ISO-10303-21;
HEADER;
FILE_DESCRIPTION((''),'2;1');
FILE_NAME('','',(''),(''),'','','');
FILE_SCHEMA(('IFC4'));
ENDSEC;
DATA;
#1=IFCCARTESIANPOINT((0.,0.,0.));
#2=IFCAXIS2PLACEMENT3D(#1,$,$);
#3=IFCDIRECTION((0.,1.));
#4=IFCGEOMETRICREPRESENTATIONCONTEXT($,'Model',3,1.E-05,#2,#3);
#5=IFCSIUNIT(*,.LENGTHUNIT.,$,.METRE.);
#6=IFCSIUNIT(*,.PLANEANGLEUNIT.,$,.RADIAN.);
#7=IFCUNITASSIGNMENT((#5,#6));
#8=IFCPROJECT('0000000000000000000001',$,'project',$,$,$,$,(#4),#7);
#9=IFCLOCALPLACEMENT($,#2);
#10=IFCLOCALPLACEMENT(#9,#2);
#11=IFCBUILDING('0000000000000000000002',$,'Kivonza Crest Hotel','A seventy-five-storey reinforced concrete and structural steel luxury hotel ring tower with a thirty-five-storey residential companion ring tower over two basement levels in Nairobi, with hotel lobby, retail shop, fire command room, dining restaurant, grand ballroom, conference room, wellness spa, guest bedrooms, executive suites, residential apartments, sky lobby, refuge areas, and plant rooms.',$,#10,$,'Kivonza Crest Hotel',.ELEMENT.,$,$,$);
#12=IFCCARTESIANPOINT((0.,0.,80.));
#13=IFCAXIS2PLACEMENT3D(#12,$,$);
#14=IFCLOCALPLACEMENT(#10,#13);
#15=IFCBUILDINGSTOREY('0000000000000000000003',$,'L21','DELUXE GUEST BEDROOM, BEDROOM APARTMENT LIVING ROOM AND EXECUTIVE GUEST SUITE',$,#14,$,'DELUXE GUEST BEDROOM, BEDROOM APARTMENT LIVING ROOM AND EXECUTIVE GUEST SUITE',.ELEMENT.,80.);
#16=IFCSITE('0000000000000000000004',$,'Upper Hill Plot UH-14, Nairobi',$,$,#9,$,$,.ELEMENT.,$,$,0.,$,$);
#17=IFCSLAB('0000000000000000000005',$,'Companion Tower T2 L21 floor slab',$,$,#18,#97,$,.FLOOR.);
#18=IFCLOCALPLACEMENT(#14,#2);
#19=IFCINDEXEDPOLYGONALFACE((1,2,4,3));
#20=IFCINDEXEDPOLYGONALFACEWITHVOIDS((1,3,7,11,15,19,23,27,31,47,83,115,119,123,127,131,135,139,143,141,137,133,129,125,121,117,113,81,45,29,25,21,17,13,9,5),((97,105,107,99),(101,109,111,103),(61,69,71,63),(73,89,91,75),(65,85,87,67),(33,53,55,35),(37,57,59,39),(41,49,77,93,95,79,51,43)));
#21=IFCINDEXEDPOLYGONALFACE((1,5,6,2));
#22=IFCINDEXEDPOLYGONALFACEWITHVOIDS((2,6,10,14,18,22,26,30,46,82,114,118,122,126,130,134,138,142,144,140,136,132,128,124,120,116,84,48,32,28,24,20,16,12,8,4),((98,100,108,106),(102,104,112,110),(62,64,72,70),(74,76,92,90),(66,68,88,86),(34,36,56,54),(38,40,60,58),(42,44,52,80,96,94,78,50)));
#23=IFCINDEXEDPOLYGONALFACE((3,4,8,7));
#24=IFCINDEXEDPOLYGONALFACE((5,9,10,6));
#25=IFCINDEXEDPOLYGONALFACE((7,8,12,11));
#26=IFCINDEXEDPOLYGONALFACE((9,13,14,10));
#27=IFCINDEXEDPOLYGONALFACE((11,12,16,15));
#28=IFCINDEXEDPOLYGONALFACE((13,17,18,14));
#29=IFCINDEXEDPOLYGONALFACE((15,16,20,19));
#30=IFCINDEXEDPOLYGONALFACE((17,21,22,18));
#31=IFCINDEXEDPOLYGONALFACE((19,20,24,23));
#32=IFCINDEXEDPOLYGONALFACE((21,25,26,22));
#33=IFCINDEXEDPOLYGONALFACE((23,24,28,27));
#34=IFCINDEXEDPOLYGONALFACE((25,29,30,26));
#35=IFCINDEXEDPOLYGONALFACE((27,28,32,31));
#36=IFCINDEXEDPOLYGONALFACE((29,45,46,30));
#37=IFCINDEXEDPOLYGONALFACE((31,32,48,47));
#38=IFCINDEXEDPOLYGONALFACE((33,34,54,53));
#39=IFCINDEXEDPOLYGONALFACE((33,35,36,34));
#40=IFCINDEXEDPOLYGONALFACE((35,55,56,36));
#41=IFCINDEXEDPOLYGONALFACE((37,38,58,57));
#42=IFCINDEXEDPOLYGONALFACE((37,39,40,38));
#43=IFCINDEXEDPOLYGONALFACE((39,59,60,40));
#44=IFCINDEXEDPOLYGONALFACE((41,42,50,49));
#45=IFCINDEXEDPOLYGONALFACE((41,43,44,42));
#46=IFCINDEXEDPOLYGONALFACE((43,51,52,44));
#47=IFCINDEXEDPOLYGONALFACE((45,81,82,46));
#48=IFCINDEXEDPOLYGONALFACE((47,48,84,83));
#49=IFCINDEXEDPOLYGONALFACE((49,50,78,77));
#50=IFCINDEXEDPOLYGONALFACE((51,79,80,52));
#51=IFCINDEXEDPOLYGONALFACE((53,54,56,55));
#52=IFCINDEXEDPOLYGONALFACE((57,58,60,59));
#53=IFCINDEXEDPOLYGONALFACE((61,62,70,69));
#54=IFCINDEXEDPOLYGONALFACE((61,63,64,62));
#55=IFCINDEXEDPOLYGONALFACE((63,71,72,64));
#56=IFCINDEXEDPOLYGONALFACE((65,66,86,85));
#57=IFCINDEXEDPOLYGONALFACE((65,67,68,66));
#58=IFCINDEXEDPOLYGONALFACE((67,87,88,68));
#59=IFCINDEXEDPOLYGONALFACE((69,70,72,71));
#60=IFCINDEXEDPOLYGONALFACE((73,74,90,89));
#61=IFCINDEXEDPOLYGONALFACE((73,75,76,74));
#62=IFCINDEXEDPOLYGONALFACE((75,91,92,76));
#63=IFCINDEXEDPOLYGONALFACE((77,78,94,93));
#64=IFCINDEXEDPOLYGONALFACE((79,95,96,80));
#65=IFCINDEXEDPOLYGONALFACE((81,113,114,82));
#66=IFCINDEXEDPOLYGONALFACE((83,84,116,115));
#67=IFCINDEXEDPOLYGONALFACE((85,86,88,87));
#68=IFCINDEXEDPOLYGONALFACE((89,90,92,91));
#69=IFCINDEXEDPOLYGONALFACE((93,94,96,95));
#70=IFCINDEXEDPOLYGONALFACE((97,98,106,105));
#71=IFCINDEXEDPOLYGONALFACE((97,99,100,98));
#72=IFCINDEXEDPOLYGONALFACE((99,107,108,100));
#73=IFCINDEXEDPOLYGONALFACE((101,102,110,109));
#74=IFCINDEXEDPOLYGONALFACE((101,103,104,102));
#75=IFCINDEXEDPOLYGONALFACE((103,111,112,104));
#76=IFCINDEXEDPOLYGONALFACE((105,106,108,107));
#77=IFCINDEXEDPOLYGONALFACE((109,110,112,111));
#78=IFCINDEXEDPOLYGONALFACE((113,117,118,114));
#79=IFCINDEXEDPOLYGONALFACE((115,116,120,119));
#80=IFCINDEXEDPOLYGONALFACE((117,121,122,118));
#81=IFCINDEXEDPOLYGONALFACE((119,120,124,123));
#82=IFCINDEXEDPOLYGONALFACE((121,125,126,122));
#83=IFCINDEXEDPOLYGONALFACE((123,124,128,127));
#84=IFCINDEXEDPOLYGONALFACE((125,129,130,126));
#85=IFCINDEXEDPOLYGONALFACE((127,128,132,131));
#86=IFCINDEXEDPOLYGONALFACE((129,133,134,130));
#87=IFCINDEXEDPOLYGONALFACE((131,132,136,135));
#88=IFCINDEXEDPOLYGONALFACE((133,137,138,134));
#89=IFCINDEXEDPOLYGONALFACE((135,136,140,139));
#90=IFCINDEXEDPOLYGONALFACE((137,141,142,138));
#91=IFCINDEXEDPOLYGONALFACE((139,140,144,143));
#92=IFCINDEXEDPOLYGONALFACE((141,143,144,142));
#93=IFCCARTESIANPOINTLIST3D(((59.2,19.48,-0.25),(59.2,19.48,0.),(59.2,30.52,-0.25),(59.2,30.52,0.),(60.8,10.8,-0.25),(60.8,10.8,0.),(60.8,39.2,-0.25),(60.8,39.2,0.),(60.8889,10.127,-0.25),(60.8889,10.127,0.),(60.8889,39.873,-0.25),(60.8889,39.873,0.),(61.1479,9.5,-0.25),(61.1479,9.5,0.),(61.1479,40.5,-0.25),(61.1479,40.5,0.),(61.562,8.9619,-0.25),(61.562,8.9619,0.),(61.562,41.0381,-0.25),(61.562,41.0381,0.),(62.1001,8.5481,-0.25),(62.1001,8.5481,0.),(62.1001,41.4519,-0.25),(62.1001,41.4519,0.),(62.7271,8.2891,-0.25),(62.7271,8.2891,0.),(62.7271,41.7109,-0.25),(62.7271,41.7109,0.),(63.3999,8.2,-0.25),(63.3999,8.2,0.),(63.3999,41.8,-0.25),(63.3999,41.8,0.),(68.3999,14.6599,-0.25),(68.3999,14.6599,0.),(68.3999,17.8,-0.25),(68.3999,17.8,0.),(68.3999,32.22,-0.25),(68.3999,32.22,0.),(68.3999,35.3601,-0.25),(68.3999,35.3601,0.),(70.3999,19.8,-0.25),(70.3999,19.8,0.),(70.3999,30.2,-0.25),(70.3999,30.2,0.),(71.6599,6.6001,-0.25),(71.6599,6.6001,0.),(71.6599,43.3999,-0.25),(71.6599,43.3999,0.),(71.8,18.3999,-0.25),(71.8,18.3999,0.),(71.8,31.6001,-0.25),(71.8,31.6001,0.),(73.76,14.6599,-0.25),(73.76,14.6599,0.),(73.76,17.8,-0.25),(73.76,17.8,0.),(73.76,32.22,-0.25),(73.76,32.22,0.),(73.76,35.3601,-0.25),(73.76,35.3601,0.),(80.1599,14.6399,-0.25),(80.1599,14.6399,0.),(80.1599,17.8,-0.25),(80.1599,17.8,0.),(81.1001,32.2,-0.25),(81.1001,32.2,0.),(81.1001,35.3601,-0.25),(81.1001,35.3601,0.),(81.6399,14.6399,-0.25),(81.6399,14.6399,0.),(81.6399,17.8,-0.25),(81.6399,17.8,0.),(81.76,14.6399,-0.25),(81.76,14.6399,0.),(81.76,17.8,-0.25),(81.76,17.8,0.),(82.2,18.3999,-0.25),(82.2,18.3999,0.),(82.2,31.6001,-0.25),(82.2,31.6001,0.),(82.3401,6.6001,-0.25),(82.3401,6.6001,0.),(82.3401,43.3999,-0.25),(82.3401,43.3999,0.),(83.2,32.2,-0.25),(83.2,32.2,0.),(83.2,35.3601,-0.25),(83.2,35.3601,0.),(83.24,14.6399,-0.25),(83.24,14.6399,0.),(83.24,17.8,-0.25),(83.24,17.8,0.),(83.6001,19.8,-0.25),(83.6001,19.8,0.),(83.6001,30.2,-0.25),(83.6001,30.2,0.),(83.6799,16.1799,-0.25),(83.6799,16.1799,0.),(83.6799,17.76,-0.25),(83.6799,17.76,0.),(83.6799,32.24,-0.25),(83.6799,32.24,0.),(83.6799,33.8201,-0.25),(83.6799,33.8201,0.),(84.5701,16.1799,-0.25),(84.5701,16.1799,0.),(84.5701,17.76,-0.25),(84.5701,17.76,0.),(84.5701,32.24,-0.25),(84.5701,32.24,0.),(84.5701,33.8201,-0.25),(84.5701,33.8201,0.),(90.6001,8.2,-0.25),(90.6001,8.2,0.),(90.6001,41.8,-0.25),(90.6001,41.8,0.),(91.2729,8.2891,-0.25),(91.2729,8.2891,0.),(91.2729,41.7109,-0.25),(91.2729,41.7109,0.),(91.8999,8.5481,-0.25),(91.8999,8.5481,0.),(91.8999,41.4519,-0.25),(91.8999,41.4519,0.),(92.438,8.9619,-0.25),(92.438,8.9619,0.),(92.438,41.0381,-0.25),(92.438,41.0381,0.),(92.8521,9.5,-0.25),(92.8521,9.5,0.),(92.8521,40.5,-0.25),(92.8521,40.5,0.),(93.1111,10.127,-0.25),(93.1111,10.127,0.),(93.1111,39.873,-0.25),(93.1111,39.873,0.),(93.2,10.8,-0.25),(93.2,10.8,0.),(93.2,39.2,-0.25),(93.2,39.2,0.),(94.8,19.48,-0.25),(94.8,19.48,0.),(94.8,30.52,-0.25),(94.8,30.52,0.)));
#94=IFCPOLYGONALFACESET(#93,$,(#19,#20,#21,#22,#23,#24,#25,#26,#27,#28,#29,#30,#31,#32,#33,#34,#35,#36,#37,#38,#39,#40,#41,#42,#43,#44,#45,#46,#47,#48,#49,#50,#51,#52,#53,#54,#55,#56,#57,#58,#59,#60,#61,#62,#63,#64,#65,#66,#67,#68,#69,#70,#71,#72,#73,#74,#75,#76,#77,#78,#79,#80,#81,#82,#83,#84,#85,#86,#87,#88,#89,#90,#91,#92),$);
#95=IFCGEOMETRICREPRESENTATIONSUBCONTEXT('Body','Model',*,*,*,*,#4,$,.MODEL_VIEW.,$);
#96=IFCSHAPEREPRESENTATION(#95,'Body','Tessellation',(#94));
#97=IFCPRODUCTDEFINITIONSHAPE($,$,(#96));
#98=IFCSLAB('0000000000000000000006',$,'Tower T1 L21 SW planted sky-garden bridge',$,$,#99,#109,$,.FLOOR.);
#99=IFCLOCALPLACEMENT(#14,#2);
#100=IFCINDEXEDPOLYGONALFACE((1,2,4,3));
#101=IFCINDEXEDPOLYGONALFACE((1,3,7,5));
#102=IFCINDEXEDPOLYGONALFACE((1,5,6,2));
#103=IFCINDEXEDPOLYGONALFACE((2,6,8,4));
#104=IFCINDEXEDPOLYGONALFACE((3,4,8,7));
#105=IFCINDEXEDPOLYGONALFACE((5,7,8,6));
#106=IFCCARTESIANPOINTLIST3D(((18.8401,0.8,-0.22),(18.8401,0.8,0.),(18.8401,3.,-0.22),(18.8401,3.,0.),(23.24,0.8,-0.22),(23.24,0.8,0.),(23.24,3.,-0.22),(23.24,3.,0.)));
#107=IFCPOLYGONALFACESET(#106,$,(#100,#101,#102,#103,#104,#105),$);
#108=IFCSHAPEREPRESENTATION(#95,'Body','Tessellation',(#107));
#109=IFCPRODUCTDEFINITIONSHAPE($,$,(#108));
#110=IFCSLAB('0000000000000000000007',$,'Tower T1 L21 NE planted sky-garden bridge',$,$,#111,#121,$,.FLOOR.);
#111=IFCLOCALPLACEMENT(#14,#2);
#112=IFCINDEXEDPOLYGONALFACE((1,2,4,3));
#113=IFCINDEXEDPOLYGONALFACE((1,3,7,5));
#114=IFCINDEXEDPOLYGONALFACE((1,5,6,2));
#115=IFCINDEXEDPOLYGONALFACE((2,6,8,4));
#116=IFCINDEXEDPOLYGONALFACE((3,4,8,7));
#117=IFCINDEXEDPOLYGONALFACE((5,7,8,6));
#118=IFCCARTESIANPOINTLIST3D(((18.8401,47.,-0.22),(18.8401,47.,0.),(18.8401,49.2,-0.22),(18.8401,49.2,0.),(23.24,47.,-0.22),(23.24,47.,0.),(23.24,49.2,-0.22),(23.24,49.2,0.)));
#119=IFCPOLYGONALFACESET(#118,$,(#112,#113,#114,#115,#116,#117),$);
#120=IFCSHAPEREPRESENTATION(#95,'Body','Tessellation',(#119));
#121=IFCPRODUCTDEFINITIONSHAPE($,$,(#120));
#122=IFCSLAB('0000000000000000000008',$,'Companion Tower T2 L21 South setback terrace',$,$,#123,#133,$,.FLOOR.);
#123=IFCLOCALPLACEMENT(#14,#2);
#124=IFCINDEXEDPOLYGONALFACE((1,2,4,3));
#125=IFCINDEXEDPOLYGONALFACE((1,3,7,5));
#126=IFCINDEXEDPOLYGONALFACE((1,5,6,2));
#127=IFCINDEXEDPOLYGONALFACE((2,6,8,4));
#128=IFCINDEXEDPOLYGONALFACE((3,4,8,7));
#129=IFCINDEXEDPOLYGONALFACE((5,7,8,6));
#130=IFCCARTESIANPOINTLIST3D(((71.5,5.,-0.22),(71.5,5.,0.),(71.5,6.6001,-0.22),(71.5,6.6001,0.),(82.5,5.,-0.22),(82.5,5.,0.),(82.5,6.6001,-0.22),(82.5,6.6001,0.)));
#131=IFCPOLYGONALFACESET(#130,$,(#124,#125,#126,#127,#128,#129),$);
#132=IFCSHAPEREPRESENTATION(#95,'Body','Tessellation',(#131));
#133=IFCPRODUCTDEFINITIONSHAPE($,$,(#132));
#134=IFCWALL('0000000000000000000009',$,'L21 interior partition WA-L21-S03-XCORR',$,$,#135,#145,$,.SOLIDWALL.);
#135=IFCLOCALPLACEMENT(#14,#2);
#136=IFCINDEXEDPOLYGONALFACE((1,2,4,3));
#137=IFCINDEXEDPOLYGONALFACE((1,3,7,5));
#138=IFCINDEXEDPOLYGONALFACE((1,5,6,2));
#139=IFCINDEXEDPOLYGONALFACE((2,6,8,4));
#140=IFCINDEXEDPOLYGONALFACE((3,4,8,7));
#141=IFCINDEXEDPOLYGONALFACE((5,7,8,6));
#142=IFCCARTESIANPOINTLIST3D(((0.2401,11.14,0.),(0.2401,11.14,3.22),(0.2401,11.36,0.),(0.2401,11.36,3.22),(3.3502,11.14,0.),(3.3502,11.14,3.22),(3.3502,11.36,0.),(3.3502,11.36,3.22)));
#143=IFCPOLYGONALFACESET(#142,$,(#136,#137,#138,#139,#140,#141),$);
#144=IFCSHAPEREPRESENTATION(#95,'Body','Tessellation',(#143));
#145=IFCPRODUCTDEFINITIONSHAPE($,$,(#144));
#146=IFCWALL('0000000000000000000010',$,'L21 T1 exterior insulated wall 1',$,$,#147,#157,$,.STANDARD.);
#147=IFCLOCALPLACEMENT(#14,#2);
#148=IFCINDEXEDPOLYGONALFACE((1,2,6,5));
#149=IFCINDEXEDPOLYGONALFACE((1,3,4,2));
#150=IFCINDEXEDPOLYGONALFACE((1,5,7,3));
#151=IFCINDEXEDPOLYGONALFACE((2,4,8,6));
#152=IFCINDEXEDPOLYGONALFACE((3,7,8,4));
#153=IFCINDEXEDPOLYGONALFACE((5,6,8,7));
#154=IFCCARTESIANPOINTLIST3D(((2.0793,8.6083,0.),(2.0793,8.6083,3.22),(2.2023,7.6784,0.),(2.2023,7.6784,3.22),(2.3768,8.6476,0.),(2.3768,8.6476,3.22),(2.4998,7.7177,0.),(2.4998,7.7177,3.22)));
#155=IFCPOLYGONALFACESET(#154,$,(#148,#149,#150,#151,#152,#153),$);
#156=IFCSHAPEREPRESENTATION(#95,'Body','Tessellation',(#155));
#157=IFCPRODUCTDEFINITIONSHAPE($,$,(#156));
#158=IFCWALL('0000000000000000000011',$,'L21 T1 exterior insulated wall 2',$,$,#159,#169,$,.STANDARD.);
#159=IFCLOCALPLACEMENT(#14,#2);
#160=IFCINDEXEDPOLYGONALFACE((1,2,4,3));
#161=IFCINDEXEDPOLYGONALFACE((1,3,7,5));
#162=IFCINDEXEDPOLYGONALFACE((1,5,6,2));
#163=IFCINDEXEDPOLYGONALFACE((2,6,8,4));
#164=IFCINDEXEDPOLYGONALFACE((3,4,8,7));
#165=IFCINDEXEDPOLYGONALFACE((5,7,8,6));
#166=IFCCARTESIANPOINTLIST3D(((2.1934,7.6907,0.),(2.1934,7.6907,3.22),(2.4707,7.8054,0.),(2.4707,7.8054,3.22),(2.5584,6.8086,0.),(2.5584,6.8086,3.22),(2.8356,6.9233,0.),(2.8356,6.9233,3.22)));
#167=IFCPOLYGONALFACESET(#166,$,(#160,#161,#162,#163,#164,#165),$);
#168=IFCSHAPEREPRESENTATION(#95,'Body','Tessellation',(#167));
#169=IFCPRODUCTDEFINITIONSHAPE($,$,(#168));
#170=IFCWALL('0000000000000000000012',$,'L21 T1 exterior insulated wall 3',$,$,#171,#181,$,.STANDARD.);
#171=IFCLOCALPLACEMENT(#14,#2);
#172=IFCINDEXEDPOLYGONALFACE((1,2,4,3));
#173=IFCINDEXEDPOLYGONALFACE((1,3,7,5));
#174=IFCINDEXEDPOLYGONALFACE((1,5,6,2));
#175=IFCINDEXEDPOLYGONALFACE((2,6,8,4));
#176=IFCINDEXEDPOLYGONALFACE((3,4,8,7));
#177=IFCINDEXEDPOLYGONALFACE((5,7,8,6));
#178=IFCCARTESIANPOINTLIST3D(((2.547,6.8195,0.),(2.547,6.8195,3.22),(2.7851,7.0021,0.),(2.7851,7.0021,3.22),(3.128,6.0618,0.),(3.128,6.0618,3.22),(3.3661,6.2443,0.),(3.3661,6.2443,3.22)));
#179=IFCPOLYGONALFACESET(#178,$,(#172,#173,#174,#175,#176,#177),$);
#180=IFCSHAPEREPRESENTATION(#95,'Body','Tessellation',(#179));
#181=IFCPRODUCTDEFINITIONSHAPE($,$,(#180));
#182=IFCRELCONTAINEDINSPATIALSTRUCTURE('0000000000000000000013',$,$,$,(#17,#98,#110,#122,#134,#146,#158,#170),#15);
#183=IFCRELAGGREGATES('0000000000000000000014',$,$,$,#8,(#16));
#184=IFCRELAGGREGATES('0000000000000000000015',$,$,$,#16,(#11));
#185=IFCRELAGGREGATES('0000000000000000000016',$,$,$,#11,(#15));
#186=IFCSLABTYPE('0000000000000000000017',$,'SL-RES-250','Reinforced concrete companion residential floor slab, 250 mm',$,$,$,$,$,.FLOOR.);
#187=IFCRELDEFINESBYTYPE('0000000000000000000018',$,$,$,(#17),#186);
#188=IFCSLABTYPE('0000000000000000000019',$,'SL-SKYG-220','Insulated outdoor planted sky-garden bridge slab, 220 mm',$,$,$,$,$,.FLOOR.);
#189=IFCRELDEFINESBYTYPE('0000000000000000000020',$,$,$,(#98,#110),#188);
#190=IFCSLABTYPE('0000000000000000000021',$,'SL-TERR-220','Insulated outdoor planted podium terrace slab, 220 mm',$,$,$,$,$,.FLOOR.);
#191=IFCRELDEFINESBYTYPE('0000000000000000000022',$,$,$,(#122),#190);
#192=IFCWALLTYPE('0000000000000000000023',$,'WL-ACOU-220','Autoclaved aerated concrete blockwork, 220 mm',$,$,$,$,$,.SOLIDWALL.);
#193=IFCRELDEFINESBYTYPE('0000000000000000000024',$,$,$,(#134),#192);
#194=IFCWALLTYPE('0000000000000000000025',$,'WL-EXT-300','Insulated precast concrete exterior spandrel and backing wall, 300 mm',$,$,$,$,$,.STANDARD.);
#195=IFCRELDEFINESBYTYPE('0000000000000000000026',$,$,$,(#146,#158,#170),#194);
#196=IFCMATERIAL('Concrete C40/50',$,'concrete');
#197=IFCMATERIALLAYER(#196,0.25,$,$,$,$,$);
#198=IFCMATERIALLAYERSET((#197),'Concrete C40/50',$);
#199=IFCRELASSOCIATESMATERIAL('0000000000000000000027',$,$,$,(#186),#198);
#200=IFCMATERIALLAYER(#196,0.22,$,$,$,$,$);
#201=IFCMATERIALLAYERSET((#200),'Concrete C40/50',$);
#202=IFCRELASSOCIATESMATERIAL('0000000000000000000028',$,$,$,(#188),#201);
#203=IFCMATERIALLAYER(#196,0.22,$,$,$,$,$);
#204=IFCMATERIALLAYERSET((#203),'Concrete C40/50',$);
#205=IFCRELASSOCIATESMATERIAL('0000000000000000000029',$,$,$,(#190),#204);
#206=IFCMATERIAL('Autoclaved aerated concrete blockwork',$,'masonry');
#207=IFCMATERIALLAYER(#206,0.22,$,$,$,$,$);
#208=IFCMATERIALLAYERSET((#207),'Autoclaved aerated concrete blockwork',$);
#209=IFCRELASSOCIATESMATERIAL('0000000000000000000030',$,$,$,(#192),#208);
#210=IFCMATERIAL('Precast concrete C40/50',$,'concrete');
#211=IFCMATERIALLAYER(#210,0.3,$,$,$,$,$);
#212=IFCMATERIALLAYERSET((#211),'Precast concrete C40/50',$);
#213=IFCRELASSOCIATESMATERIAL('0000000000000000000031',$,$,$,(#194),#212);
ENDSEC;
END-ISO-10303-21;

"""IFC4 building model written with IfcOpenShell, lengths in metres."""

from ifc_helpers import new_model, si_unit, direction, frame, frame_2d, origin, place, context, subcontext, project, spatial, polyline, rectangle, outline, extrude, material, layer, layer_set, type_object, element, save


model = new_model("IFC4")

# Units and contexts
model_context = context("Model", 3, precision=1e-05, world=origin(), true_north=direction((0.0, 1.0)))
body_context = subcontext(model_context, "Body", "Model", "MODEL_VIEW")
ifc_project = project(units=[si_unit("LENGTHUNIT", "METRE"), si_unit("PLANEANGLEUNIT", "RADIAN")], contexts=[model_context])

# Site, building, storey
site_placement = place(None, origin())
site = spatial("IfcSite", under=ifc_project, at=site_placement, Name="Upper Hill Plot UH-14, Nairobi", CompositionType="ELEMENT", RefElevation=0.0)
building_placement = place(site_placement, origin())
building = spatial("IfcBuilding", under=site, at=building_placement, Name="Kivonza Crest Hotel", Description="A seventy-five-storey reinforced concrete and structural steel luxury hotel ring tower with a thirty-five-storey residential companion ring tower over two basement levels in Nairobi, with hotel lobby, retail shop, fire command room, dining restaurant, grand ballroom, conference room, wellness spa, guest bedrooms, executive suites, residential apartments, sky lobby, refuge areas, and plant rooms.", LongName="Kivonza Crest Hotel", CompositionType="ELEMENT")
storey_placement = place(building_placement, frame((0.0, 0.0, 80.0)))
storey = spatial("IfcBuildingStorey", under=building, at=storey_placement, Name="L21", Description="DELUXE GUEST BEDROOM, BEDROOM APARTMENT LIVING ROOM AND EXECUTIVE GUEST SUITE", LongName="DELUXE GUEST BEDROOM, BEDROOM APARTMENT LIVING ROOM AND EXECUTIVE GUEST SUITE", CompositionType="ELEMENT", Elevation=80.0)

# Shared definitions
ifc_material_1 = material(Name="Concrete C40/50", Category="concrete")

# Slabs
ifc_layer_1 = layer(ifc_material_1, 0.25)
ifc_layer_set_1 = layer_set([ifc_layer_1], Name="Concrete C40/50")
slab_type_1 = type_object("IfcSlabType", Name="SL-RES-250", Description="Reinforced concrete companion residential floor slab, 250 mm", PredefinedType="FLOOR", material=ifc_layer_set_1)
slab_1_placement = place(storey_placement, frame((0.0, 0.0, -0.25)))
element("IfcSlab", 1, at=slab_1_placement, inside=storey, type_object=slab_type_1, Name="Companion Tower T2 L21 floor slab", PredefinedType="FLOOR", context=body_context, shape_type="SweptSolid", body=[
    extrude(outline(polyline([(60.8, 10.8), (60.8889, 10.127), (61.1479, 9.5), (61.562, 8.9619), (62.1001, 8.5481), (62.7271, 8.2891), (63.3999, 8.2), (71.6599, 6.6001), (82.3401, 6.6001), (90.6001, 8.2), (91.2729, 8.2891), (91.8999, 8.5481), (92.438, 8.9619), (92.8521, 9.5), (93.1111, 10.127), (93.2, 10.8), (94.8, 19.48), (94.8, 30.52), (93.2, 39.2), (93.1111, 39.873), (92.8521, 40.5), (92.438, 41.0381), (91.8999, 41.4519), (91.2729, 41.7109), (90.6001, 41.8), (82.3401, 43.3999), (71.6599, 43.3999), (63.3999, 41.8), (62.7271, 41.7109), (62.1001, 41.4519), (61.562, 41.0381), (61.1479, 40.5), (60.8889, 39.873), (60.8, 39.2), (59.2, 30.52), (59.2, 19.48), (60.8, 10.8)]), holes=[polyline([(71.8, 18.3999), (82.2, 18.3999), (83.6001, 19.8), (83.6001, 30.2), (82.2, 31.6001), (71.8, 31.6001), (70.3999, 30.2), (70.3999, 19.8), (71.8, 18.3999)]), polyline([(68.3999, 32.22), (73.76, 32.22), (73.76, 35.3601), (68.3999, 35.3601), (68.3999, 32.22)]), polyline([(68.3999, 14.6599), (73.76, 14.6599), (73.76, 17.8), (68.3999, 17.8), (68.3999, 14.6599)]), polyline([(83.6799, 32.24), (84.5701, 32.24), (84.5701, 33.8201), (83.6799, 33.8201), (83.6799, 32.24)]), polyline([(83.6799, 16.1799), (84.5701, 16.1799), (84.5701, 17.76), (83.6799, 17.76), (83.6799, 16.1799)]), polyline([(81.1001, 32.2), (83.2, 32.2), (83.2, 35.3601), (81.1001, 35.3601), (81.1001, 32.2)]), polyline([(80.1599, 14.6399), (81.6399, 14.6399), (81.6399, 17.8), (80.1599, 17.8), (80.1599, 14.6399)]), polyline([(81.76, 14.6399), (83.24, 14.6399), (83.24, 17.8), (81.76, 17.8), (81.76, 14.6399)])]), origin(), (0.0, 0.0, 1.0), 0.25),
])
ifc_layer_2 = layer(ifc_material_1, 0.22)
ifc_layer_set_2 = layer_set([ifc_layer_2], Name="Concrete C40/50")
slab_type_2 = type_object("IfcSlabType", Name="SL-SKYG-220", Description="Insulated outdoor planted sky-garden bridge slab, 220 mm", PredefinedType="FLOOR", material=ifc_layer_set_2)
slab_2_placement = place(storey_placement, frame((0.0, 0.0, -0.22)))
element("IfcSlab", 2, at=slab_2_placement, inside=storey, type_object=slab_type_2, Name="Tower T1 L21 SW planted sky-garden bridge", PredefinedType="FLOOR", context=body_context, shape_type="SweptSolid", body=[
    extrude(outline(polyline([(18.8401, 0.8), (23.24, 0.8), (23.24, 3.0), (18.8401, 3.0), (18.8401, 0.8)])), origin(), (0.0, 0.0, 1.0), 0.22),
])
slab_3_placement = place(storey_placement, frame((0.0, 0.0, -0.22)))
element("IfcSlab", 3, at=slab_3_placement, inside=storey, type_object=slab_type_2, Name="Tower T1 L21 NE planted sky-garden bridge", PredefinedType="FLOOR", context=body_context, shape_type="SweptSolid", body=[
    extrude(outline(polyline([(18.8401, 47.0), (23.24, 47.0), (23.24, 49.2), (18.8401, 49.2), (18.8401, 47.0)])), origin(), (0.0, 0.0, 1.0), 0.22),
])
ifc_layer_3 = layer(ifc_material_1, 0.22)
ifc_layer_set_3 = layer_set([ifc_layer_3], Name="Concrete C40/50")
slab_type_3 = type_object("IfcSlabType", Name="SL-TERR-220", Description="Insulated outdoor planted podium terrace slab, 220 mm", PredefinedType="FLOOR", material=ifc_layer_set_3)
slab_4_placement = place(storey_placement, frame((0.0, 0.0, -0.22)))
element("IfcSlab", 4, at=slab_4_placement, inside=storey, type_object=slab_type_3, Name="Companion Tower T2 L21 South setback terrace", PredefinedType="FLOOR", context=body_context, shape_type="SweptSolid", body=[
    extrude(outline(polyline([(71.5, 5.0), (82.5, 5.0), (82.5, 6.6001), (71.5, 6.6001), (71.5, 5.0)])), origin(), (0.0, 0.0, 1.0), 0.22),
])

# Walls
ifc_material_2 = material(Name="Autoclaved aerated concrete blockwork", Category="masonry")
ifc_layer_4 = layer(ifc_material_2, 0.22)
ifc_layer_set_4 = layer_set([ifc_layer_4], Name="Autoclaved aerated concrete blockwork")
wall_type_1 = type_object("IfcWallType", Name="WL-ACOU-220", Description="Autoclaved aerated concrete blockwork, 220 mm", PredefinedType="SOLIDWALL", material=ifc_layer_set_4)
wall_1_placement = place(storey_placement, frame((0.24, 11.25, 0.0), z_axis=(0.0, 0.0, 1.0), x_axis=(1.0, 0.0, 0.0)))
element("IfcWall", 5, at=wall_1_placement, inside=storey, type_object=wall_type_1, Name="L21 interior partition WA-L21-S03-XCORR", PredefinedType="SOLIDWALL", context=body_context, shape_type="SweptSolid", body=[
    extrude(rectangle(XDim=3.1101, YDim=0.22, at=frame_2d((1.5552, 0.0))), origin(), (0.0, 0.0, 1.0), 3.22),
])
ifc_material_3 = material(Name="Precast concrete C40/50", Category="concrete")
ifc_layer_5 = layer(ifc_material_3, 0.3)
ifc_layer_set_5 = layer_set([ifc_layer_5], Name="Precast concrete C40/50")
wall_type_2 = type_object("IfcWallType", Name="WL-EXT-300", Description="Insulated precast concrete exterior spandrel and backing wall, 300 mm", PredefinedType="STANDARD", material=ifc_layer_set_5)
wall_2_placement = place(storey_placement, frame((2.228, 8.6279, 0.0), z_axis=(0.0, 0.0, 1.0), x_axis=(0.131175, -0.991359, 0.0)))
element("IfcWall", 6, at=wall_2_placement, inside=storey, type_object=wall_type_2, Name="L21 T1 exterior insulated wall 1", PredefinedType="STANDARD", context=body_context, shape_type="SweptSolid", body=[
    extrude(rectangle(XDim=0.938, YDim=0.3, at=frame_2d((0.469, 0.0))), origin(), (0.0, 0.0, 1.0), 3.22),
])
wall_3_placement = place(storey_placement, frame((2.332, 7.748, 0.0), z_axis=(0.0, 0.0, 1.0), x_axis=(0.382344, -0.92402, 0.0)))
element("IfcWall", 7, at=wall_3_placement, inside=storey, type_object=wall_type_2, Name="L21 T1 exterior insulated wall 2", PredefinedType="STANDARD", context=body_context, shape_type="SweptSolid", body=[
    extrude(rectangle(XDim=0.9546, YDim=0.3, at=frame_2d((0.4773, 0.0))), origin(), (0.0, 0.0, 1.0), 3.22),
])
for number, where, z_axis, x_axis, name in (
    (8, (2.666, 6.9109, 0.0), (0.0, 0.0, 1.0), (0.608474, -0.793573, 0.0), "L21 T1 exterior insulated wall 3"),
):
    element("IfcWall", number, at=place(storey_placement, frame(where, z_axis=z_axis, x_axis=x_axis)), inside=storey, type_object=wall_type_2, Name=name, PredefinedType="STANDARD", context=body_context, shape_type="SweptSolid", body=[
        extrude(rectangle(XDim=0.9548, YDim=0.3, at=frame_2d((0.4775, 0.0))), origin(), (0.0, 0.0, 1.0), 3.22),
    ])

save(model, "model.ifc")
